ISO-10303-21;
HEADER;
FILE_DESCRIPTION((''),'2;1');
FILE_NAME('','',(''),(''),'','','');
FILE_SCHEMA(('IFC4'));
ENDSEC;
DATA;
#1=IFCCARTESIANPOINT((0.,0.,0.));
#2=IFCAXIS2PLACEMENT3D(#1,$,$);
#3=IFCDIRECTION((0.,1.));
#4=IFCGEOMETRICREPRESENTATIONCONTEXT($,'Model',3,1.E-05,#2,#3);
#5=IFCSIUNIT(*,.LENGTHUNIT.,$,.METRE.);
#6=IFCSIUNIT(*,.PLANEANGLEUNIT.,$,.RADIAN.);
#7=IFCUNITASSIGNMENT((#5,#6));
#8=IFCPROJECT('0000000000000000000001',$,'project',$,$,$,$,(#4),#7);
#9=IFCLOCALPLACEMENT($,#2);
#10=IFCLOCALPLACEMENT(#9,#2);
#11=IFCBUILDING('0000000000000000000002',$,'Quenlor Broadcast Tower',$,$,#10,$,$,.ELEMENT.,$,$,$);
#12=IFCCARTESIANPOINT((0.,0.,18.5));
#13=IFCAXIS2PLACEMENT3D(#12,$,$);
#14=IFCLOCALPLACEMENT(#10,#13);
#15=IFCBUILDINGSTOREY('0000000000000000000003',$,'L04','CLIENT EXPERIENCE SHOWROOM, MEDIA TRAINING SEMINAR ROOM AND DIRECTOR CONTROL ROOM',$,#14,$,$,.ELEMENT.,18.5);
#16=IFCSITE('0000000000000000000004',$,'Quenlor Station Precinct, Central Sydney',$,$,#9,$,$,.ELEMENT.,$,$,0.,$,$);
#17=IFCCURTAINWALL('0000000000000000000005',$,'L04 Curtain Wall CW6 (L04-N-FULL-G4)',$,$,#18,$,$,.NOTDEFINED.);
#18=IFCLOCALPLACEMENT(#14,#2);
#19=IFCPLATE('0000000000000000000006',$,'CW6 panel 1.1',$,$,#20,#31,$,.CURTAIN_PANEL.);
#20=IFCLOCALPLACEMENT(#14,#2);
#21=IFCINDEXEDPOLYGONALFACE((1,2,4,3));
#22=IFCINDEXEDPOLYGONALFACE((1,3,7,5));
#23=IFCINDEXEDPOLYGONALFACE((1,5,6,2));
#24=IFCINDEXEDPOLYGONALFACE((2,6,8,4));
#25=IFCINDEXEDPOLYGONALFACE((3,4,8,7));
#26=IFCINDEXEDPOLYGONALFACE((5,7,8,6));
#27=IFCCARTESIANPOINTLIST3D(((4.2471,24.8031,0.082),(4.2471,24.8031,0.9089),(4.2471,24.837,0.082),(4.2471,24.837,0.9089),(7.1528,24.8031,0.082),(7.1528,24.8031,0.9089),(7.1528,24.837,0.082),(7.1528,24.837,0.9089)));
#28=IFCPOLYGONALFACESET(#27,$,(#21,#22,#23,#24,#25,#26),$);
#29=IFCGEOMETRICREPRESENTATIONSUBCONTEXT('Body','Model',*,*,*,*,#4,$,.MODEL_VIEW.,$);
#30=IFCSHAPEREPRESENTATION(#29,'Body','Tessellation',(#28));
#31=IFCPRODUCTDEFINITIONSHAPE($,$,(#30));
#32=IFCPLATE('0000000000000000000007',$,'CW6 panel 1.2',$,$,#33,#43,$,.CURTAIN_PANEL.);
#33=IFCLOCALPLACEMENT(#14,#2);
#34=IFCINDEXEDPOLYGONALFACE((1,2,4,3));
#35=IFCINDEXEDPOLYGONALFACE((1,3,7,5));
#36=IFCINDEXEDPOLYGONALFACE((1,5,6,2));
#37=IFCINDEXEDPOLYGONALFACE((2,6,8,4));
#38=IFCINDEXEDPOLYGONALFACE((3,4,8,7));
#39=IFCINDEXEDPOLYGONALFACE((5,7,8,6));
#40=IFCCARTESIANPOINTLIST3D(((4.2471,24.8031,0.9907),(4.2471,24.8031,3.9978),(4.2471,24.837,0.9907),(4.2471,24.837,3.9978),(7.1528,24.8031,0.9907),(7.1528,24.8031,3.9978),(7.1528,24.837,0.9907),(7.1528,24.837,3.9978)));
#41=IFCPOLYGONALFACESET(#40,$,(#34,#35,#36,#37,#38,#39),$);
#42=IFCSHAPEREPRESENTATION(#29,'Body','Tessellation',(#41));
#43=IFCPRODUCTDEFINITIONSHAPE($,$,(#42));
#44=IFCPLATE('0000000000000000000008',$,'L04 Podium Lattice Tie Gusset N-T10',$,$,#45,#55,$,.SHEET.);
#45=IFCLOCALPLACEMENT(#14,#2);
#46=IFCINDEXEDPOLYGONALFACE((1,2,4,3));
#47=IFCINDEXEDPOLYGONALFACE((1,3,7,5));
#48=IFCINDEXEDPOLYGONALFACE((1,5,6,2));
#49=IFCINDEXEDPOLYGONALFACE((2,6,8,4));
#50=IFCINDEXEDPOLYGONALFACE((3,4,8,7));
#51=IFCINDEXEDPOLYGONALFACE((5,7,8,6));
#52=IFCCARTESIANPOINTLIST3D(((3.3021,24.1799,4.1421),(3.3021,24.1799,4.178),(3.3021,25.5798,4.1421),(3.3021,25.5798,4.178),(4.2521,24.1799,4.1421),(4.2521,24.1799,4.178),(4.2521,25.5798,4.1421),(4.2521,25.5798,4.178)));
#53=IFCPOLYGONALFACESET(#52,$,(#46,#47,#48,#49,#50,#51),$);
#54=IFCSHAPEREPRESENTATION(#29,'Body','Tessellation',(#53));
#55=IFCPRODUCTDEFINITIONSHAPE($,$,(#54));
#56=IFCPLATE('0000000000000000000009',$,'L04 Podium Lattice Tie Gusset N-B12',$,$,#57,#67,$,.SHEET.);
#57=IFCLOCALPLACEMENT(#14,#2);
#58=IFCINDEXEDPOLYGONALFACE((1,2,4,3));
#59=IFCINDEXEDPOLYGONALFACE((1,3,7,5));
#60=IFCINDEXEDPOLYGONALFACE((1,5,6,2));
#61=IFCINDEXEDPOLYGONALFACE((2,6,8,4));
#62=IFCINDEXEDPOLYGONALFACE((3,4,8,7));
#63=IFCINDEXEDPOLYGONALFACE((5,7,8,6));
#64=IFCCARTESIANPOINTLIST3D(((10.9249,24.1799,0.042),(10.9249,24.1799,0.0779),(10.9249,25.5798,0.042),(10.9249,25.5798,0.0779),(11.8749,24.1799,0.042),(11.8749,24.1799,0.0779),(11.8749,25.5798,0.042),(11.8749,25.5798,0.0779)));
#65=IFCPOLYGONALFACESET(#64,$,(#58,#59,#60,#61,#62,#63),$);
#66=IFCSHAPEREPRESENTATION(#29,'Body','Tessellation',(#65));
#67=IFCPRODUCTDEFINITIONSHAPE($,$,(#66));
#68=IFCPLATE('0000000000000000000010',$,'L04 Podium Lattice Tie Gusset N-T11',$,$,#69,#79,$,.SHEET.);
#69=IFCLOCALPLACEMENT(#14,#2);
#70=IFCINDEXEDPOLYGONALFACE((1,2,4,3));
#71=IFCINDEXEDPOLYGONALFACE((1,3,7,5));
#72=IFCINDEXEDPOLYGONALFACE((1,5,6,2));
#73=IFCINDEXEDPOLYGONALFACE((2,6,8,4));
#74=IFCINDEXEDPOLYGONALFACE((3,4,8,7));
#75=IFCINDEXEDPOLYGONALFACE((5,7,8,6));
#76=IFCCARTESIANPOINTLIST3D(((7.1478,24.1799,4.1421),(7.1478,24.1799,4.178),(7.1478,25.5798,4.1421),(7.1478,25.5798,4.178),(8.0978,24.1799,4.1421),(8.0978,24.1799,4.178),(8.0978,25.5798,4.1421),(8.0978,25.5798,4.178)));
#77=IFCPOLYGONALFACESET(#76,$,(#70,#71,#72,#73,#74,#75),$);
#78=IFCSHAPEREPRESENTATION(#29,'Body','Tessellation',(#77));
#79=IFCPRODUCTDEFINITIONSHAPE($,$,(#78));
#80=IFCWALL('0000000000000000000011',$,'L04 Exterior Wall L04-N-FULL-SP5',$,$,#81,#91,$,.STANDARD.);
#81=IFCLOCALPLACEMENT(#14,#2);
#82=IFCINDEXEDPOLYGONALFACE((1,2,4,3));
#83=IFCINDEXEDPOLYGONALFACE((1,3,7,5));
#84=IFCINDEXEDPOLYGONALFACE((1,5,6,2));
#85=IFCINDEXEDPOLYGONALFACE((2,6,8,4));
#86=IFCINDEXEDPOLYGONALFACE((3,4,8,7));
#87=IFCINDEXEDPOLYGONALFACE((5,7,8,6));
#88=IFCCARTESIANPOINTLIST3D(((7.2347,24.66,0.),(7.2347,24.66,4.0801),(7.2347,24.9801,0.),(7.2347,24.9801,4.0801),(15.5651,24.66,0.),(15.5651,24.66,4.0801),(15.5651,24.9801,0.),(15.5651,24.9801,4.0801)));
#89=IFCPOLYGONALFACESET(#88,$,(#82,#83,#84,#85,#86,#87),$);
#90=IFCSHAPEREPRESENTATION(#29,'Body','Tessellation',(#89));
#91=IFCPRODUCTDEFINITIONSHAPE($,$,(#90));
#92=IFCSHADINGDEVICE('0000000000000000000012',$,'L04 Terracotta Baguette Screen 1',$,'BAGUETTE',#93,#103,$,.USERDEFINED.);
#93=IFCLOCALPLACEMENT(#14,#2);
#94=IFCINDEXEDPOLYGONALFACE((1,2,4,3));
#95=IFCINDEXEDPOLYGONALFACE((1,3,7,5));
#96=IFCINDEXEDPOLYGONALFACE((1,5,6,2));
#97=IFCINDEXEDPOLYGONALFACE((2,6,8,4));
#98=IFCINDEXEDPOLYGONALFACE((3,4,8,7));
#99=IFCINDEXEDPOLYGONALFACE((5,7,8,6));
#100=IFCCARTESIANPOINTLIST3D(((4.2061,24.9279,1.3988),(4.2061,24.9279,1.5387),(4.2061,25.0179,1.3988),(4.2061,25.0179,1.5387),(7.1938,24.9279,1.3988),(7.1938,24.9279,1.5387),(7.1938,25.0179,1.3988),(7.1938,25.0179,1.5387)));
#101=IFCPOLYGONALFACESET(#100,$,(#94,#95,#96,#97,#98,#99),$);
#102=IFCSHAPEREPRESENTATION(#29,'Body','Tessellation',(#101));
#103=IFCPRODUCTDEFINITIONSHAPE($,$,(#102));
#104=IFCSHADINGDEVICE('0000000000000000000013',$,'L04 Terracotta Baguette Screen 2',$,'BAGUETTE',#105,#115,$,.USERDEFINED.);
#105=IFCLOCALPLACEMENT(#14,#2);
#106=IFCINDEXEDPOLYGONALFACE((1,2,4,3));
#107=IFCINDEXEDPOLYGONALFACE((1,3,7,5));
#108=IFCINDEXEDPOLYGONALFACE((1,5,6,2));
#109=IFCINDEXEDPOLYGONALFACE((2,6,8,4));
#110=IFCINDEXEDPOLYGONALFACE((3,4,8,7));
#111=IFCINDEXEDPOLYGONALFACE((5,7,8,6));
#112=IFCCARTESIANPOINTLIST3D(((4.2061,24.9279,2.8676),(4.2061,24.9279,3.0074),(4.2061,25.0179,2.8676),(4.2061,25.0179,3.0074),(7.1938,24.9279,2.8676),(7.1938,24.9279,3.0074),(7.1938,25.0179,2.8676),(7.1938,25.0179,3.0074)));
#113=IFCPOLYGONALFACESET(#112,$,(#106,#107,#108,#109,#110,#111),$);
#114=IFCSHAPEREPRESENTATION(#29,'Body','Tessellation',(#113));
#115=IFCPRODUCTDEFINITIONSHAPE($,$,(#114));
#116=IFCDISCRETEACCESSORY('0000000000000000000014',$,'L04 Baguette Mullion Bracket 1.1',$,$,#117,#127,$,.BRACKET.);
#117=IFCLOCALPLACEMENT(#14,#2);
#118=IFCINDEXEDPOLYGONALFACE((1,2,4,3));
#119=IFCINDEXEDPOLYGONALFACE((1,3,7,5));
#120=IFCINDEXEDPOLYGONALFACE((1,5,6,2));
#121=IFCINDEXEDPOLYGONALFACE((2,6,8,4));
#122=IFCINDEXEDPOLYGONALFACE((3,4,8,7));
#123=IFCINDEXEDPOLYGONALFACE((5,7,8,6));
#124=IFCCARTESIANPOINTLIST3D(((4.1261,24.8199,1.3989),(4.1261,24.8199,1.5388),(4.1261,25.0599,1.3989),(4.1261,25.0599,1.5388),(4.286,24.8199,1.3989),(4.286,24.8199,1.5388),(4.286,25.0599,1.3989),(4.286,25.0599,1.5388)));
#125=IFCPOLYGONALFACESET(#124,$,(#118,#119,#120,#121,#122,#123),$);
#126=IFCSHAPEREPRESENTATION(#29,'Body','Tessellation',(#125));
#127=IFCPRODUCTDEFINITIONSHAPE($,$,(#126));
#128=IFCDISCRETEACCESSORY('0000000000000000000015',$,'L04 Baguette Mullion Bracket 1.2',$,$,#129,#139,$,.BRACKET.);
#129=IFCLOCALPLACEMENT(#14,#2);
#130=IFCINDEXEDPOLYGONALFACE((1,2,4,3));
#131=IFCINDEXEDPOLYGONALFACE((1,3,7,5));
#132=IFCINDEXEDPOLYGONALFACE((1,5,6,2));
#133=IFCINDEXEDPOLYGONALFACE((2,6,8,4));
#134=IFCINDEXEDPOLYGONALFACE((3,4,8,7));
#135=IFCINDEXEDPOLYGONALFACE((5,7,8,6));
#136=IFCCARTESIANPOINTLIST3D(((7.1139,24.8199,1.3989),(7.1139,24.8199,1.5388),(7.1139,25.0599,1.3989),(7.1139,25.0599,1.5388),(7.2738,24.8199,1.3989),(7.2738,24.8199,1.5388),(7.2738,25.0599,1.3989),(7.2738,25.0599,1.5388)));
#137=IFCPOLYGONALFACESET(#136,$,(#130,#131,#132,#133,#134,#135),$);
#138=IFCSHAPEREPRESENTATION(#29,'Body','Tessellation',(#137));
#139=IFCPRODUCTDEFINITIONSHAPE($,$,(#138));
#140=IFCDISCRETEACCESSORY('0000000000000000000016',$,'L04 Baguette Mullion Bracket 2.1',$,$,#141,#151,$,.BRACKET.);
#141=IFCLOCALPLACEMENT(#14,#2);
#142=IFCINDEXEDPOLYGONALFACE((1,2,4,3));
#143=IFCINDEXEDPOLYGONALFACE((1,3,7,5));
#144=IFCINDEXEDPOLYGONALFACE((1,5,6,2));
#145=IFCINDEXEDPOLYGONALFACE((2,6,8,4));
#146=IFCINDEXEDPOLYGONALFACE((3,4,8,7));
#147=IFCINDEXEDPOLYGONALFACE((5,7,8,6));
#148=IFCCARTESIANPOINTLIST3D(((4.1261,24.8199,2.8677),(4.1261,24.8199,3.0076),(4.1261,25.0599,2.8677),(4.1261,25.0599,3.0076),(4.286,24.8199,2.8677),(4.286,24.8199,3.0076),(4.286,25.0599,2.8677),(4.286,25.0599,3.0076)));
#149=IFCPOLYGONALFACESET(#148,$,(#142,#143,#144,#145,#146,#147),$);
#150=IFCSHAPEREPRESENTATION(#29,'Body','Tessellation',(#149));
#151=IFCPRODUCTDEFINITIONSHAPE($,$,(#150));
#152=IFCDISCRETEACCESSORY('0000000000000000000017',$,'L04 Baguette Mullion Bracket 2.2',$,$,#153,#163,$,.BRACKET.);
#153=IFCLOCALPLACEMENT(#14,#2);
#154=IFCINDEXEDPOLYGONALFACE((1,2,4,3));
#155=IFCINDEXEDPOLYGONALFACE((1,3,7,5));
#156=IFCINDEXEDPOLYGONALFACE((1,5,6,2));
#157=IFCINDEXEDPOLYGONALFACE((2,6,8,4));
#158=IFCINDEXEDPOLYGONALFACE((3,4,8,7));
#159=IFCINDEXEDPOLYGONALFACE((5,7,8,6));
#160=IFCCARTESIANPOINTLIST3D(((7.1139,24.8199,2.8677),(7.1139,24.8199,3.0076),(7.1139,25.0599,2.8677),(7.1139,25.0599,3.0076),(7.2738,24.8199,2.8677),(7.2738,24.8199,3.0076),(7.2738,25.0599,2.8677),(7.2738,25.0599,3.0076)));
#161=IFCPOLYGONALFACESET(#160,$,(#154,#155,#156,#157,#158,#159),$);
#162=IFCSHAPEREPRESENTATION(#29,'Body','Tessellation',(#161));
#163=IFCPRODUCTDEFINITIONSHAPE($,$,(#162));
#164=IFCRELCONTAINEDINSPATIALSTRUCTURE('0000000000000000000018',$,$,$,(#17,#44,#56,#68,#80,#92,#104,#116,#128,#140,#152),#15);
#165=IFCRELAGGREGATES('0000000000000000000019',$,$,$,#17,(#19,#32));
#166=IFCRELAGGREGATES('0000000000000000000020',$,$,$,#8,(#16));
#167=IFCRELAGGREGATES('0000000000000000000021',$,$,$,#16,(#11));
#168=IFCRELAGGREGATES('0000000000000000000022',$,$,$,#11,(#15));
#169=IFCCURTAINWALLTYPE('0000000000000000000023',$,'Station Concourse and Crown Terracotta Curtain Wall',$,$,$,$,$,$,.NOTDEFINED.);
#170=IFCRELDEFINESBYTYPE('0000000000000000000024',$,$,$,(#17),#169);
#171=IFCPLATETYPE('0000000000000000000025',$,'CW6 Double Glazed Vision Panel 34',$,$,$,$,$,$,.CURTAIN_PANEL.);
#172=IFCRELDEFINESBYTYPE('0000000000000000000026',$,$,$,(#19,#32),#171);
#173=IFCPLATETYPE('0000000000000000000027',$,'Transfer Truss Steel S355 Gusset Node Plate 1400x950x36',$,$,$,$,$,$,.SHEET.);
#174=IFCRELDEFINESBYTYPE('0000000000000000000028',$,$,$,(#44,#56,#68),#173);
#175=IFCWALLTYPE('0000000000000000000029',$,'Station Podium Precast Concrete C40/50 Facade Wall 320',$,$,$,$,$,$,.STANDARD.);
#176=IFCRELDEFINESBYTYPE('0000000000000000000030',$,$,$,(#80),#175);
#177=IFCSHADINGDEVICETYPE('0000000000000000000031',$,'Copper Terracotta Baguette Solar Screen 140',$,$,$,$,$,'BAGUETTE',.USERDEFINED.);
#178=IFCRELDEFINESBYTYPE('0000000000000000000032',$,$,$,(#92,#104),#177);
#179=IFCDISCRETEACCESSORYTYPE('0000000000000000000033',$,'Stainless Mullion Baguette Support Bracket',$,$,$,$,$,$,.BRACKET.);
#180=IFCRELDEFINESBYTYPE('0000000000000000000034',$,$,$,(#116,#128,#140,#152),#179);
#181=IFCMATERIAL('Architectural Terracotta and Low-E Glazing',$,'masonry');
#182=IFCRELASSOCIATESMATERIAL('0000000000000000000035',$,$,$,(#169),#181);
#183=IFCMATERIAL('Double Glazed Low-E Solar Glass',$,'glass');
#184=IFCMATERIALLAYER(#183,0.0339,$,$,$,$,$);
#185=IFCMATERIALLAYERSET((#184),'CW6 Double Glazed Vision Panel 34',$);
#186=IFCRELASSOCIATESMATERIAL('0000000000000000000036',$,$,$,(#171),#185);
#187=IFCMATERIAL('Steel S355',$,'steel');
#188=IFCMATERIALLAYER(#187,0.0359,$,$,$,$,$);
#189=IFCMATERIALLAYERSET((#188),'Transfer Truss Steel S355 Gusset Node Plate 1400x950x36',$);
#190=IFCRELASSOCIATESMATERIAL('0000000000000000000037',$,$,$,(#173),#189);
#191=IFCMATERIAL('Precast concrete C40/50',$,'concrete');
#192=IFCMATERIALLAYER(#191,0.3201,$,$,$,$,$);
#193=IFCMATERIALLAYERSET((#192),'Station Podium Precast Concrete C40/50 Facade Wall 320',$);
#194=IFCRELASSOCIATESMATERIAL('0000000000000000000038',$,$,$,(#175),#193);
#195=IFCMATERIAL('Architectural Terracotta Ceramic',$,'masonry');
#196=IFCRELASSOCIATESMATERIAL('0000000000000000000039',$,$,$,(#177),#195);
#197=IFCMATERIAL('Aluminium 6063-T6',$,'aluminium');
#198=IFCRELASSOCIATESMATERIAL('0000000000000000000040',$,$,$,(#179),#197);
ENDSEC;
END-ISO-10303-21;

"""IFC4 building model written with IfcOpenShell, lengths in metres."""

from ifc_helpers import new_model, si_unit, direction, frame, frame_2d, origin, origin_2d, place, context, subcontext, project, spatial, rectangle, extrude, material, layer, layer_set, material_profile, profile_set, type_object, element, aggregate, save


model = new_model("IFC4")

# Units and contexts
model_context = context("Model", 3, precision=1e-05, world=origin(), true_north=direction((0.0, 1.0)))
body_context = subcontext(model_context, "Body", "Model", "MODEL_VIEW")
ifc_project = project(units=[si_unit("LENGTHUNIT", "METRE"), si_unit("PLANEANGLEUNIT", "RADIAN")], contexts=[model_context])

# Site, building, storey
site_placement = place(None, origin())
site = spatial("IfcSite", under=ifc_project, at=site_placement, Name="Quenlor Station Precinct, Central Sydney", CompositionType="ELEMENT", RefElevation=0.0)
building_placement = place(site_placement, origin())
building = spatial("IfcBuilding", under=site, at=building_placement, Name="Quenlor Broadcast Tower", CompositionType="ELEMENT")
storey_placement = place(building_placement, frame((0.0, 0.0, 18.5)))
storey = spatial("IfcBuildingStorey", under=building, at=storey_placement, Name="L04", Description="CLIENT EXPERIENCE SHOWROOM, MEDIA TRAINING SEMINAR ROOM AND DIRECTOR CONTROL ROOM", CompositionType="ELEMENT", Elevation=18.5)

# Curtain wall
ifc_material_1 = material(Name="Architectural Terracotta and Low-E Glazing", Category="masonry")
curtain_wall_type = type_object("IfcCurtainWallType", Name="Station Concourse and Crown Terracotta Curtain Wall", PredefinedType="NOTDEFINED", material=ifc_material_1)
curtain_wall_placement = place(storey_placement, origin())
curtain_wall = element("IfcCurtainWall", 1, at=curtain_wall_placement, inside=storey, type_object=curtain_wall_type, Name="L04 Curtain Wall CW6 (L04-N-FULL-G4)", PredefinedType="NOTDEFINED")

# Plates
ifc_material_2 = material(Name="Double Glazed Low-E Solar Glass", Category="glass")
ifc_layer_1 = layer(ifc_material_2, 0.0339)
ifc_layer_set_1 = layer_set([ifc_layer_1], Name="CW6 Double Glazed Vision Panel 34")
plate_type_1 = type_object("IfcPlateType", Name="CW6 Double Glazed Vision Panel 34", PredefinedType="CURTAIN_PANEL", material=ifc_layer_set_1)
plate_1_placement = place(storey_placement, frame((5.7, 24.8201, 0.082), z_axis=(0.0, 0.0, 1.0), x_axis=(1.0, 0.0, 0.0)))
plate_1 = element("IfcPlate", 2, at=plate_1_placement, type_object=plate_type_1, Name="CW6 panel 1.1", PredefinedType="CURTAIN_PANEL", context=body_context, shape_type="SweptSolid", body=[
    extrude(rectangle(XDim=2.9058, YDim=0.0339, at=origin_2d()), origin(), (0.0, 0.0, 1.0), 0.8269),
])
plate_2_placement = place(storey_placement, frame((5.7, 24.8201, 0.9907), z_axis=(0.0, 0.0, 1.0), x_axis=(1.0, 0.0, 0.0)))
plate_2 = element("IfcPlate", 3, at=plate_2_placement, type_object=plate_type_1, Name="CW6 panel 1.2", PredefinedType="CURTAIN_PANEL", context=body_context, shape_type="SweptSolid", body=[
    extrude(rectangle(XDim=2.9058, YDim=0.0339, at=origin_2d()), origin(), (0.0, 0.0, 1.0), 3.0071),
])
aggregate(curtain_wall, [plate_1, plate_2])

# Plates
ifc_material_3 = material(Name="Steel S355", Category="steel")
ifc_layer_2 = layer(ifc_material_3, 0.0359)
ifc_layer_set_2 = layer_set([ifc_layer_2], Name="Transfer Truss Steel S355 Gusset Node Plate 1400x950x36")
plate_type_2 = type_object("IfcPlateType", Name="Transfer Truss Steel S355 Gusset Node Plate 1400x950x36", PredefinedType="SHEET", material=ifc_layer_set_2)
for number, where, z_axis, x_axis, name in (
    (4, (3.7771, 24.8799, 4.1421), (0.0, 0.0, 1.0), (0.0, 1.0, 0.0), "L04 Podium Lattice Tie Gusset N-T10"),
    (5, (11.3999, 24.8799, 0.042), (0.0, 0.0, 1.0), (0.0, 1.0, 0.0), "L04 Podium Lattice Tie Gusset N-B12"),
    (6, (7.6228, 24.8799, 4.1421), (0.0, 0.0, 1.0), (0.0, 1.0, 0.0), "L04 Podium Lattice Tie Gusset N-T11"),
):
    element("IfcPlate", number, at=place(storey_placement, frame(where, z_axis=z_axis, x_axis=x_axis)), inside=storey, type_object=plate_type_2, Name=name, PredefinedType="SHEET", context=body_context, shape_type="SweptSolid", body=[
        extrude(rectangle(XDim=1.3999, YDim=0.95, at=origin_2d()), origin(), (0.0, 0.0, 1.0), 0.0359),
    ])

# Wall
ifc_material_4 = material(Name="Precast concrete C40/50", Category="concrete")
ifc_layer_3 = layer(ifc_material_4, 0.3201)
ifc_layer_set_3 = layer_set([ifc_layer_3], Name="Station Podium Precast Concrete C40/50 Facade Wall 320")
wall_type = type_object("IfcWallType", Name="Station Podium Precast Concrete C40/50 Facade Wall 320", PredefinedType="STANDARD", material=ifc_layer_set_3)
wall_placement = place(storey_placement, frame((7.2349, 24.8201, 0.0), z_axis=(0.0, 0.0, 1.0), x_axis=(1.0, 0.0, 0.0)))
element("IfcWall", 7, at=wall_placement, inside=storey, type_object=wall_type, Name="L04 Exterior Wall L04-N-FULL-SP5", PredefinedType="STANDARD", context=body_context, shape_type="SweptSolid", body=[
    extrude(rectangle(XDim=8.3303, YDim=0.3201, at=frame_2d((4.165, 0.0))), origin(), (0.0, 0.0, 1.0), 4.0801),
])

# Shading devices
ifc_material_5 = material(Name="Architectural Terracotta Ceramic", Category="masonry")
ifc_material_profile_1 = material_profile(ifc_material_5, rectangle(XDim=0.0901, YDim=0.1399, at=origin_2d()))
ifc_profile_set_1 = profile_set([ifc_material_profile_1], Name="Architectural Terracotta Ceramic BAG90x140")
shading_device_type = type_object("IfcShadingDeviceType", Name="Copper Terracotta Baguette Solar Screen 140", ElementType="BAGUETTE", PredefinedType="USERDEFINED", material=ifc_profile_set_1)
for number, where, z_axis, x_axis, name in (
    (8, (4.2061, 24.9729, 1.4688), (1.0, 0.0, 0.0), (0.0, 1.0, 0.0), "L04 Terracotta Baguette Screen 1"),
    (9, (4.2061, 24.9729, 2.9375), (1.0, 0.0, 0.0), (0.0, 1.0, 0.0), "L04 Terracotta Baguette Screen 2"),
):
    element("IfcShadingDevice", number, at=place(storey_placement, frame(where, z_axis=z_axis, x_axis=x_axis)), inside=storey, type_object=shading_device_type, Name=name, ObjectType="BAGUETTE", PredefinedType="USERDEFINED", context=body_context, shape_type="SweptSolid", body=[
        extrude(rectangle(XDim=0.0901, YDim=0.1399, at=origin_2d()), origin(), (0.0, 0.0, 1.0), 2.9878),
    ])

# Discrete accessories
ifc_material_6 = material(Name="Aluminium 6063-T6", Category="aluminium")
discrete_accessory_type = type_object("IfcDiscreteAccessoryType", Name="Stainless Mullion Baguette Support Bracket", PredefinedType="BRACKET", material=ifc_material_6)
for number, where, z_axis, x_axis, name in (
    (10, (4.2061, 24.9399, 1.3989), (0.0, 0.0, 1.0), (1.0, 0.0, 0.0), "L04 Baguette Mullion Bracket 1.1"),
    (11, (7.1938, 24.9399, 1.3989), (0.0, 0.0, 1.0), (1.0, 0.0, 0.0), "L04 Baguette Mullion Bracket 1.2"),
    (12, (4.2061, 24.9399, 2.8677), (0.0, 0.0, 1.0), (1.0, 0.0, 0.0), "L04 Baguette Mullion Bracket 2.1"),
    (13, (7.1938, 24.9399, 2.8677), (0.0, 0.0, 1.0), (1.0, 0.0, 0.0), "L04 Baguette Mullion Bracket 2.2"),
):
    element("IfcDiscreteAccessory", number, at=place(storey_placement, frame(where, z_axis=z_axis, x_axis=x_axis)), inside=storey, type_object=discrete_accessory_type, Name=name, PredefinedType="BRACKET", context=body_context, shape_type="SweptSolid", body=[
        extrude(rectangle(XDim=0.1599, YDim=0.24, at=origin_2d()), origin(), (0.0, 0.0, 1.0), 0.1399),
    ])

save(model, "model.ifc")
